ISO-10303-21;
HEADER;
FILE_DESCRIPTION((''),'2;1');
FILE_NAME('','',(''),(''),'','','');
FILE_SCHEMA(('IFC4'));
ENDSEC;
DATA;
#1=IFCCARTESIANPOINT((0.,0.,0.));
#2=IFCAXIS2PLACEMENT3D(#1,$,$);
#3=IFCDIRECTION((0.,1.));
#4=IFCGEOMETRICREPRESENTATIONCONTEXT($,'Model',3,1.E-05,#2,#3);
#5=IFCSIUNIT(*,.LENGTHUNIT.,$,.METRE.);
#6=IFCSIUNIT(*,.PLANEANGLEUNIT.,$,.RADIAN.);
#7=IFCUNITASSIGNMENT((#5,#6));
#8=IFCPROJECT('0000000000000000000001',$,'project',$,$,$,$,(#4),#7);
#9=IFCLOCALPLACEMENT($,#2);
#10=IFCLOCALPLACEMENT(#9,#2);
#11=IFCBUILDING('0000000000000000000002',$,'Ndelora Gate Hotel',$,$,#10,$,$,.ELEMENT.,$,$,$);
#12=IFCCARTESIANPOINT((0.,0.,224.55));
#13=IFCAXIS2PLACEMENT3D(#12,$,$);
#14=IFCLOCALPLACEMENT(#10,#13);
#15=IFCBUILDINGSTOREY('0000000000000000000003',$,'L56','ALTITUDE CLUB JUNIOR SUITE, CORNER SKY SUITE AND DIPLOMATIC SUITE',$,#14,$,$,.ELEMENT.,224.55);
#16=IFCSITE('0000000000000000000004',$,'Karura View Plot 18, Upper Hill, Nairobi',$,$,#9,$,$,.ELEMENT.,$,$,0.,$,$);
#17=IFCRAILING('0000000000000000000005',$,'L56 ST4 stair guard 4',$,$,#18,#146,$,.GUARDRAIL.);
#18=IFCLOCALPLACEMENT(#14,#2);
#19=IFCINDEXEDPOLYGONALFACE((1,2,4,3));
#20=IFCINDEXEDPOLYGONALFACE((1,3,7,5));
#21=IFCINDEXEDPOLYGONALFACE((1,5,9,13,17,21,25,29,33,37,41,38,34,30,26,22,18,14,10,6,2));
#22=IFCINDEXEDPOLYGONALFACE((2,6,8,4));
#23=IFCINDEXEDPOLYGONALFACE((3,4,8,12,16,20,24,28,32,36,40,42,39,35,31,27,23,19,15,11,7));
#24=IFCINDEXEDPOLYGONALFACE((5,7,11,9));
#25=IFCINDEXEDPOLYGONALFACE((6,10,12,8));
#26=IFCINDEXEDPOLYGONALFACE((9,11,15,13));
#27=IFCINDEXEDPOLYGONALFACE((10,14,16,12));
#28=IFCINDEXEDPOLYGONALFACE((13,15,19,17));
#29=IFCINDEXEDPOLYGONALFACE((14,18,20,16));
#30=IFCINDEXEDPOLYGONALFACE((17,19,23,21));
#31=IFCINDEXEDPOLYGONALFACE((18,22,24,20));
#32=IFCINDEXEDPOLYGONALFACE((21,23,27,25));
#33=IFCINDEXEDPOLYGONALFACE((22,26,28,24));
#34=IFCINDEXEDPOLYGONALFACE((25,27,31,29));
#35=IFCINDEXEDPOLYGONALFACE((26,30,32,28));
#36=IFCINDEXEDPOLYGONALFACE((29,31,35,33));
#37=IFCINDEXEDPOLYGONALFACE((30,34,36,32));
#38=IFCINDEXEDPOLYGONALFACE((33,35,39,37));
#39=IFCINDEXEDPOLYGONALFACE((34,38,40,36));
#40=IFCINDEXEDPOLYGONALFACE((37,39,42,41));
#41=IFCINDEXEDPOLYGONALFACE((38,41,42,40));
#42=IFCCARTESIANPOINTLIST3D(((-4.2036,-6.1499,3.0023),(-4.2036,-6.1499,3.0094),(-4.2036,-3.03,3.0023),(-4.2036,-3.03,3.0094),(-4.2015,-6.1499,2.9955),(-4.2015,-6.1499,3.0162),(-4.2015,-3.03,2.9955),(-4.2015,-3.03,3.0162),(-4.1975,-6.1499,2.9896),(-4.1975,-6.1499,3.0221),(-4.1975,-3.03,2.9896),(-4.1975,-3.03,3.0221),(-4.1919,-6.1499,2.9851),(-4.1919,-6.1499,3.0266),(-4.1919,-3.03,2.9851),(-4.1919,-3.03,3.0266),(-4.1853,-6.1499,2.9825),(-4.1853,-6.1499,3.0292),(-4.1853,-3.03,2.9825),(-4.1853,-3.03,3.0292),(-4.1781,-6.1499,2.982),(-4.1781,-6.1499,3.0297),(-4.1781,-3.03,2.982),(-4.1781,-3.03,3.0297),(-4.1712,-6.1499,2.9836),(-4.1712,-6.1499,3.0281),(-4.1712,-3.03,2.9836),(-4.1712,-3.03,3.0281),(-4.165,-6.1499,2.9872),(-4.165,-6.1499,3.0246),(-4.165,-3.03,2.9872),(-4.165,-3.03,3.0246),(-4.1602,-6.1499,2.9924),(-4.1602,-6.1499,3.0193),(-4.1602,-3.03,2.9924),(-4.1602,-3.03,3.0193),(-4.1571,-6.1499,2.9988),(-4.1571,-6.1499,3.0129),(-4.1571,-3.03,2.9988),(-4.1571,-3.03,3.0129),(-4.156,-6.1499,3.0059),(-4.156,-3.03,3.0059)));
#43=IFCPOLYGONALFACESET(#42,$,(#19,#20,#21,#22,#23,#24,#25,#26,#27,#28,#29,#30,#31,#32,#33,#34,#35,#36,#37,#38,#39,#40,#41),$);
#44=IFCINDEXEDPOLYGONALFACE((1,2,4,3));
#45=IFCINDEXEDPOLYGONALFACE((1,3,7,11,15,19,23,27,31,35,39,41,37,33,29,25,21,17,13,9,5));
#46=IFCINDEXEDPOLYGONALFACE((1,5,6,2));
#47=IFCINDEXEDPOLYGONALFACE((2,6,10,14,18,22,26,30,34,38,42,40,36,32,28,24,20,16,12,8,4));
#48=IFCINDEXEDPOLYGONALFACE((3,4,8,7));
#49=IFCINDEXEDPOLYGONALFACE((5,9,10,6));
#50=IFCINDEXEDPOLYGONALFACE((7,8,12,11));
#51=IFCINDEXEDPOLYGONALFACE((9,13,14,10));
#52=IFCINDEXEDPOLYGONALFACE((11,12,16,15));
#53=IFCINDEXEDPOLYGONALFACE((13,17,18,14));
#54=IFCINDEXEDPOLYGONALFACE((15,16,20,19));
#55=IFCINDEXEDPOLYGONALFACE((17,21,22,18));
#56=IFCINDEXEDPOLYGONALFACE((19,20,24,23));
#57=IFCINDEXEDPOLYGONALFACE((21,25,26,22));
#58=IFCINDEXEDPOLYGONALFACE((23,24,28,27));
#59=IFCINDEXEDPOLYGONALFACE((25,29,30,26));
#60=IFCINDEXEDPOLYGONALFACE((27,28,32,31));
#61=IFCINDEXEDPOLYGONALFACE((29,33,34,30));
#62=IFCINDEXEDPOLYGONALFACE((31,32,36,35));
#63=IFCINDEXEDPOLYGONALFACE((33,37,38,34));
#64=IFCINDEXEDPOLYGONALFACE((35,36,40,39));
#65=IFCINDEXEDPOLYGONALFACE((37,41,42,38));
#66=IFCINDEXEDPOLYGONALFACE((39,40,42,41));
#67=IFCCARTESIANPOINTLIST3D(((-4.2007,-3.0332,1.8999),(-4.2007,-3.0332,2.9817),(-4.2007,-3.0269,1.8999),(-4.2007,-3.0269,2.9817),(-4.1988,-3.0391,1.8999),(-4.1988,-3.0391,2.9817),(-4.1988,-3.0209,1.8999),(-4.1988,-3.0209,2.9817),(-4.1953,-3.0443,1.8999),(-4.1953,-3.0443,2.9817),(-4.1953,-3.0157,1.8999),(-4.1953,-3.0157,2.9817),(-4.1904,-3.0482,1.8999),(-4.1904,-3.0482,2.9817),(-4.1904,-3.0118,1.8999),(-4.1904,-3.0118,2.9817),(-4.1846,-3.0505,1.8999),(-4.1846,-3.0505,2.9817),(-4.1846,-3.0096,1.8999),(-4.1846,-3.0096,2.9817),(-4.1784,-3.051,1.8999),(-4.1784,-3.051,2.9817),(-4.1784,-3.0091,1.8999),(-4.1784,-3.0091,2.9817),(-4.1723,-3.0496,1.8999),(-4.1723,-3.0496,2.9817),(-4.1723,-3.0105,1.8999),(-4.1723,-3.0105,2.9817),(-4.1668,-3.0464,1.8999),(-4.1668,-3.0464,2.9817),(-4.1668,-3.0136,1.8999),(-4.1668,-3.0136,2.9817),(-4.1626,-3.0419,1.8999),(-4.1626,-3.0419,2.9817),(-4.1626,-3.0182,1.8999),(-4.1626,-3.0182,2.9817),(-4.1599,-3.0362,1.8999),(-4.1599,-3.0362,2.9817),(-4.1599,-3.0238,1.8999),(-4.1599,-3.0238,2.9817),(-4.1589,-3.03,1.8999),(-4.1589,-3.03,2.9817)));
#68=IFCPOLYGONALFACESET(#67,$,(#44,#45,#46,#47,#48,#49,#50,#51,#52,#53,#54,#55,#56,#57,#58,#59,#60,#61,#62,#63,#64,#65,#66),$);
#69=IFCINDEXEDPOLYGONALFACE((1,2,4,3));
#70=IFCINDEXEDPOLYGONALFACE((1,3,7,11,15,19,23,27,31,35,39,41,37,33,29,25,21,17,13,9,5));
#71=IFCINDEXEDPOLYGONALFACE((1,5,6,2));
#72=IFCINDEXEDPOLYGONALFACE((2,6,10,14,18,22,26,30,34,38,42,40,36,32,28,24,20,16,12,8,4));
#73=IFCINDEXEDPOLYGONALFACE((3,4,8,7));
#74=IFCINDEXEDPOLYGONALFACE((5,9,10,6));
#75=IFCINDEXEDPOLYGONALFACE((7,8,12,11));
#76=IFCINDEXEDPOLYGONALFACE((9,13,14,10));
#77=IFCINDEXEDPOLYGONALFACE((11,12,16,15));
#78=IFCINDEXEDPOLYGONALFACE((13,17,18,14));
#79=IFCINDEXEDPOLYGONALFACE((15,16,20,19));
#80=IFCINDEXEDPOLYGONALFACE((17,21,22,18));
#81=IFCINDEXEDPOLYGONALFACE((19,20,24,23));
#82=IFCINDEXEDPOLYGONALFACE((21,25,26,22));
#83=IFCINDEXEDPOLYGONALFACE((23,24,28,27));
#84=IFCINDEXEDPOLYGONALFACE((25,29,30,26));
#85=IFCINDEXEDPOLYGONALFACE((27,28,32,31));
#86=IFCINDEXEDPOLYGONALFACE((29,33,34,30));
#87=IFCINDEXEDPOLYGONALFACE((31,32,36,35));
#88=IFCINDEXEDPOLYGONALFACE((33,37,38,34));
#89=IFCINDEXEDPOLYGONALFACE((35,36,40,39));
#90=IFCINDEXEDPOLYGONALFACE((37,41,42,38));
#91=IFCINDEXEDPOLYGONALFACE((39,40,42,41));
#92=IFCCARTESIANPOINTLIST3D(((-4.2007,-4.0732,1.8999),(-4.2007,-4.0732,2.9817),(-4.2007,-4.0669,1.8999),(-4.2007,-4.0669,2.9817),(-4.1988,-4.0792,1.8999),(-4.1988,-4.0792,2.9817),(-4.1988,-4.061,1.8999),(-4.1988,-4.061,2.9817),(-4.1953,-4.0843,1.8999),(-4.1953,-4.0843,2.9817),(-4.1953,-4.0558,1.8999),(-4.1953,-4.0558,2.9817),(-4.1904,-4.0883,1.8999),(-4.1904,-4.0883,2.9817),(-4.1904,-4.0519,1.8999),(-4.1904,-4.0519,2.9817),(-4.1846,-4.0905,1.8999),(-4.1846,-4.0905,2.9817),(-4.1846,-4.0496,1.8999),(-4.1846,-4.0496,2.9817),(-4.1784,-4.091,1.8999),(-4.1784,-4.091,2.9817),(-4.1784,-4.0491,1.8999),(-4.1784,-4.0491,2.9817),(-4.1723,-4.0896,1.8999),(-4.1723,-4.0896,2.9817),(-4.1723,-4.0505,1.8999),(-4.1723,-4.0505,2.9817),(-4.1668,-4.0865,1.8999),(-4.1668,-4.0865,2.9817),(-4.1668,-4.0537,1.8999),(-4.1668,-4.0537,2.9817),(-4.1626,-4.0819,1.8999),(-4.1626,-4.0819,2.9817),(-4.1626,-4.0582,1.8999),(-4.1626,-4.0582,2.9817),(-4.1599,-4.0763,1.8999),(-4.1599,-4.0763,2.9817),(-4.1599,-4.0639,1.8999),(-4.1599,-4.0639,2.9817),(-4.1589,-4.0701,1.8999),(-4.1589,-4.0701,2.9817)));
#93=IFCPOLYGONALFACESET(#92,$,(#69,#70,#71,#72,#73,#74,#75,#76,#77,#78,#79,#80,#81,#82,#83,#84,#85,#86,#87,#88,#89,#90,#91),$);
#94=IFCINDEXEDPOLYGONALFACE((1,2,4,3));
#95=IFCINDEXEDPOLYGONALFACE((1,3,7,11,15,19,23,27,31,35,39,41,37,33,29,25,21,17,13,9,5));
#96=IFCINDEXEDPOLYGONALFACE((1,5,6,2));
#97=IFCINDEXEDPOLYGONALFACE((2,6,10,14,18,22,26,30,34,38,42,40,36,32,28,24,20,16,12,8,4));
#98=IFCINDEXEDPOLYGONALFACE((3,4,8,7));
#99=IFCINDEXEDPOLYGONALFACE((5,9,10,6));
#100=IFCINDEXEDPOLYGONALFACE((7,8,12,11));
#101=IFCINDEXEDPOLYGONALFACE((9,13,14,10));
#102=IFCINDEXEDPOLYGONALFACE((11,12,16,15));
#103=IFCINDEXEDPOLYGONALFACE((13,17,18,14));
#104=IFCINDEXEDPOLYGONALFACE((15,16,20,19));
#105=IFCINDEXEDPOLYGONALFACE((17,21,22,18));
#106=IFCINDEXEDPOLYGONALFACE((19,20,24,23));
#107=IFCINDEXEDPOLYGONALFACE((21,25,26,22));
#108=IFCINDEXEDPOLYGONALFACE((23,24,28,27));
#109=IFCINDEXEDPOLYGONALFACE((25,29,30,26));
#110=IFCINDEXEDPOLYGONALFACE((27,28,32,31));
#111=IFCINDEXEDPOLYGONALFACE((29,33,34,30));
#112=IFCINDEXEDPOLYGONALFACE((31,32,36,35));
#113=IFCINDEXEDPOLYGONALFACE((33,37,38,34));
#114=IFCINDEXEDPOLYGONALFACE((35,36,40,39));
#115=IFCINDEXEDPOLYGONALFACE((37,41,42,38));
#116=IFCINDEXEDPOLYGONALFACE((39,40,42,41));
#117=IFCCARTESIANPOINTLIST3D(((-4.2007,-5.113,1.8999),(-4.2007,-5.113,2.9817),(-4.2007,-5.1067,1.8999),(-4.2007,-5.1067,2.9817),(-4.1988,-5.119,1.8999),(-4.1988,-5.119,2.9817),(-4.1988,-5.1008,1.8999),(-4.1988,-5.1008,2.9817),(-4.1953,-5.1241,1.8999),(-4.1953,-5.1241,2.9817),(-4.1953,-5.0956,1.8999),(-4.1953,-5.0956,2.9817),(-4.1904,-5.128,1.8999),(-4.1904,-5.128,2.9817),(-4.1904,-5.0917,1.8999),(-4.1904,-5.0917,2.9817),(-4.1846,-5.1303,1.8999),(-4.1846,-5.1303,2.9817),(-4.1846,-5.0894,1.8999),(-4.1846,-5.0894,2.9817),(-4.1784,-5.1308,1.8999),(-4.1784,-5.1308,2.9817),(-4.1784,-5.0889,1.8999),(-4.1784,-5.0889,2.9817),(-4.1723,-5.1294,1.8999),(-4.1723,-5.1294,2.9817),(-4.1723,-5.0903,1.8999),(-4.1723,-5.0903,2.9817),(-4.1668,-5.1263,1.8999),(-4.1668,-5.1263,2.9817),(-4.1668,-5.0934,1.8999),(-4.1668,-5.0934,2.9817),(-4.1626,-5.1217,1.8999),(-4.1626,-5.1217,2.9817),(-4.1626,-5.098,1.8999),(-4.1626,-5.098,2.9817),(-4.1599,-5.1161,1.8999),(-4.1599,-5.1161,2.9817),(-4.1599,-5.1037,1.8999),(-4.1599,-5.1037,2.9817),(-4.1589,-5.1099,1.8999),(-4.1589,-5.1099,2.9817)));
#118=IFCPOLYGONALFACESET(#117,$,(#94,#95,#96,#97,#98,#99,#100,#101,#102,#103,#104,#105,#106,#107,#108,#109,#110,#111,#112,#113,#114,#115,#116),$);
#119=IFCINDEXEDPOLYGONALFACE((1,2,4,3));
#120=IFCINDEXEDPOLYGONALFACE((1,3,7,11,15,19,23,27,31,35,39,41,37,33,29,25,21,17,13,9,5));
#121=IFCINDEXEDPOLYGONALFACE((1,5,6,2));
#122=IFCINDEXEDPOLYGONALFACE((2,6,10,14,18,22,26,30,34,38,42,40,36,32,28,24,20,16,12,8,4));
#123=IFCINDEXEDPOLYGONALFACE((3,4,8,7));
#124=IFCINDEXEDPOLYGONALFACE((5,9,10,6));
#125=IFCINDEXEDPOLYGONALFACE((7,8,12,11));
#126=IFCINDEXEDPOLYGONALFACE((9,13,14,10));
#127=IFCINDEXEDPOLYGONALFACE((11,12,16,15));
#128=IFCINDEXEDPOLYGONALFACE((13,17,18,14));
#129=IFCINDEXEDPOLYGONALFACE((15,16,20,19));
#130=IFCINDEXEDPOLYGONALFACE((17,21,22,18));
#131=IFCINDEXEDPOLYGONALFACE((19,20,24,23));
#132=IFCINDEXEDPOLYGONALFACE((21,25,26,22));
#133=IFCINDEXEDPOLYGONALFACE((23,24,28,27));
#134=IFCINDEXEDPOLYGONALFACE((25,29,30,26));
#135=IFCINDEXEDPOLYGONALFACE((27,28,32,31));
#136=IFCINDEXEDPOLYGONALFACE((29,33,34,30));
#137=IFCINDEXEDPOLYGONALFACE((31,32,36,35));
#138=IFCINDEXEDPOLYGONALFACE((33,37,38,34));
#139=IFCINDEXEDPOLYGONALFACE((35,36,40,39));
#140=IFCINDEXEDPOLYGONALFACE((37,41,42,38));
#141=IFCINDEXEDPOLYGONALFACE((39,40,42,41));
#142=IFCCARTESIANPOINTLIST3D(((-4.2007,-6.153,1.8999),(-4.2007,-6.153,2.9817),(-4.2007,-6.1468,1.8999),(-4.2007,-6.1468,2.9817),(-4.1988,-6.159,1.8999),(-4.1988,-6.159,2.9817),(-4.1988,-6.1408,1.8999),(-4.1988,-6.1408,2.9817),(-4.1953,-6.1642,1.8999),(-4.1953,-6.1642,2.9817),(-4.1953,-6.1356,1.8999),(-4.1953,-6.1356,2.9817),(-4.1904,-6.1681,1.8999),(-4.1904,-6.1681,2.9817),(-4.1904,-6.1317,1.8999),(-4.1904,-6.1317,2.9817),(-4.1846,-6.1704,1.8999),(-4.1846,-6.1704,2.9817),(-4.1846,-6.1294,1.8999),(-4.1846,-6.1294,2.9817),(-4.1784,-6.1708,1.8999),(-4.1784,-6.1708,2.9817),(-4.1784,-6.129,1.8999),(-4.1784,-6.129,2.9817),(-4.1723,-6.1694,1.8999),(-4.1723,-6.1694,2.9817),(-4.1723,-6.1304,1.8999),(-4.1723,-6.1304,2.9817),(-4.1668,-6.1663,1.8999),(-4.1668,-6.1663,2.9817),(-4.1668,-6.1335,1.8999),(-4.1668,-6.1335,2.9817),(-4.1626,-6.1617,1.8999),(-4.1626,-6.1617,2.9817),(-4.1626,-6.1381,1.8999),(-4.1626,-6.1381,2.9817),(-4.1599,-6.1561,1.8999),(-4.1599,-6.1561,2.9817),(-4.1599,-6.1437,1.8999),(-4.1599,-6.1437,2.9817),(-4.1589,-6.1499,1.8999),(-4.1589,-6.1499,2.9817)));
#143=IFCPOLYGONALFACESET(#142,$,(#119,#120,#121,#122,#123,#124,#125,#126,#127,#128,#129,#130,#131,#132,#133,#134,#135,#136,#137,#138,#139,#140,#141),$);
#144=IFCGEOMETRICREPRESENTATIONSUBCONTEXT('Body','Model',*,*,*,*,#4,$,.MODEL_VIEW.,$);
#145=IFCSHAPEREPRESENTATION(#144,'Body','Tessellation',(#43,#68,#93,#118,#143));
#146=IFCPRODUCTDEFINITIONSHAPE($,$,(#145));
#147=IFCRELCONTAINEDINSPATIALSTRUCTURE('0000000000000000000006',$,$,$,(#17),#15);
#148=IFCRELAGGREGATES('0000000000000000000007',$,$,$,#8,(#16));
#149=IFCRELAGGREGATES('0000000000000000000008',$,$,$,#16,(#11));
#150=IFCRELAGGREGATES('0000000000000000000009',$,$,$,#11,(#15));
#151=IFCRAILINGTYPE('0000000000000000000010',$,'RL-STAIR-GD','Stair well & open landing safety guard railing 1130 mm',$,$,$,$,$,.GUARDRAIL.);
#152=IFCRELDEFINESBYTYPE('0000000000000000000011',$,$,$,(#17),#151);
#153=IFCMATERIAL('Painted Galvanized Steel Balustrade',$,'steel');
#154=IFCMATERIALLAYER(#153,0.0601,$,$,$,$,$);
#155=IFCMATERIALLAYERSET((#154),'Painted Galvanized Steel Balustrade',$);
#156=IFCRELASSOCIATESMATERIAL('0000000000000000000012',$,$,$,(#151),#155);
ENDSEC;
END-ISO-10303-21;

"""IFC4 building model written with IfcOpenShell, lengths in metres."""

from ifc_helpers import new_model, si_unit, direction, frame, origin, origin_2d, place, context, subcontext, project, spatial, circle, extrude, material, layer, layer_set, type_object, element, save


model = new_model("IFC4")

# Units and contexts
model_context = context("Model", 3, precision=1e-05, world=origin(), true_north=direction((0.0, 1.0)))
body_context = subcontext(model_context, "Body", "Model", "MODEL_VIEW")
ifc_project = project(units=[si_unit("LENGTHUNIT", "METRE"), si_unit("PLANEANGLEUNIT", "RADIAN")], contexts=[model_context])

# Site, building, storey
site_placement = place(None, origin())
site = spatial("IfcSite", under=ifc_project, at=site_placement, Name="Karura View Plot 18, Upper Hill, Nairobi", CompositionType="ELEMENT", RefElevation=0.0)
building_placement = place(site_placement, origin())
building = spatial("IfcBuilding", under=site, at=building_placement, Name="Ndelora Gate Hotel", CompositionType="ELEMENT")
storey_placement = place(building_placement, frame((0.0, 0.0, 224.55)))
storey = spatial("IfcBuildingStorey", under=building, at=storey_placement, Name="L56", Description="ALTITUDE CLUB JUNIOR SUITE, CORNER SKY SUITE AND DIPLOMATIC SUITE", CompositionType="ELEMENT", Elevation=224.55)

# Railing
ifc_material_1 = material(Name="Painted Galvanized Steel Balustrade", Category="steel")
ifc_layer_1 = layer(ifc_material_1, 0.0601)
ifc_layer_set_1 = layer_set([ifc_layer_1], Name="Painted Galvanized Steel Balustrade")
railing_type_1 = type_object("IfcRailingType", Name="RL-STAIR-GD", Description="Stair well & open landing safety guard railing 1130 mm", PredefinedType="GUARDRAIL", material=ifc_layer_set_1)
for number, where, name in (
    (1, (-4.1799, -3.03, 1.8999), "L56 ST4 stair guard 4"),
):
    element("IfcRailing", number, at=place(storey_placement, frame(where)), inside=storey, type_object=railing_type_1, Name=name, PredefinedType="GUARDRAIL", context=body_context, shape_type="SweptSolid", body=[
        extrude(circle(Radius=0.0239, at=origin_2d()), frame((0.0, 0.0, 1.106), z_axis=(0.0, -1.0, 0.0), x_axis=(1.0, 0.0, 0.0)), (0.0, 0.0, 1.0), 3.1199),
        extrude(circle(Radius=0.021, at=origin_2d()), origin(), (0.0, 0.0, 1.0), 1.0818),
        extrude(circle(Radius=0.021, at=origin_2d()), frame((0.0, -1.04, 0.0)), (0.0, 0.0, 1.0), 1.0818),
        extrude(circle(Radius=0.021, at=origin_2d()), frame((0.0, -2.0798, 0.0)), (0.0, 0.0, 1.0), 1.0818),
        extrude(circle(Radius=0.021, at=origin_2d()), frame((0.0, -3.1199, 0.0)), (0.0, 0.0, 1.0), 1.0818),
    ])

save(model, "model.ifc")
